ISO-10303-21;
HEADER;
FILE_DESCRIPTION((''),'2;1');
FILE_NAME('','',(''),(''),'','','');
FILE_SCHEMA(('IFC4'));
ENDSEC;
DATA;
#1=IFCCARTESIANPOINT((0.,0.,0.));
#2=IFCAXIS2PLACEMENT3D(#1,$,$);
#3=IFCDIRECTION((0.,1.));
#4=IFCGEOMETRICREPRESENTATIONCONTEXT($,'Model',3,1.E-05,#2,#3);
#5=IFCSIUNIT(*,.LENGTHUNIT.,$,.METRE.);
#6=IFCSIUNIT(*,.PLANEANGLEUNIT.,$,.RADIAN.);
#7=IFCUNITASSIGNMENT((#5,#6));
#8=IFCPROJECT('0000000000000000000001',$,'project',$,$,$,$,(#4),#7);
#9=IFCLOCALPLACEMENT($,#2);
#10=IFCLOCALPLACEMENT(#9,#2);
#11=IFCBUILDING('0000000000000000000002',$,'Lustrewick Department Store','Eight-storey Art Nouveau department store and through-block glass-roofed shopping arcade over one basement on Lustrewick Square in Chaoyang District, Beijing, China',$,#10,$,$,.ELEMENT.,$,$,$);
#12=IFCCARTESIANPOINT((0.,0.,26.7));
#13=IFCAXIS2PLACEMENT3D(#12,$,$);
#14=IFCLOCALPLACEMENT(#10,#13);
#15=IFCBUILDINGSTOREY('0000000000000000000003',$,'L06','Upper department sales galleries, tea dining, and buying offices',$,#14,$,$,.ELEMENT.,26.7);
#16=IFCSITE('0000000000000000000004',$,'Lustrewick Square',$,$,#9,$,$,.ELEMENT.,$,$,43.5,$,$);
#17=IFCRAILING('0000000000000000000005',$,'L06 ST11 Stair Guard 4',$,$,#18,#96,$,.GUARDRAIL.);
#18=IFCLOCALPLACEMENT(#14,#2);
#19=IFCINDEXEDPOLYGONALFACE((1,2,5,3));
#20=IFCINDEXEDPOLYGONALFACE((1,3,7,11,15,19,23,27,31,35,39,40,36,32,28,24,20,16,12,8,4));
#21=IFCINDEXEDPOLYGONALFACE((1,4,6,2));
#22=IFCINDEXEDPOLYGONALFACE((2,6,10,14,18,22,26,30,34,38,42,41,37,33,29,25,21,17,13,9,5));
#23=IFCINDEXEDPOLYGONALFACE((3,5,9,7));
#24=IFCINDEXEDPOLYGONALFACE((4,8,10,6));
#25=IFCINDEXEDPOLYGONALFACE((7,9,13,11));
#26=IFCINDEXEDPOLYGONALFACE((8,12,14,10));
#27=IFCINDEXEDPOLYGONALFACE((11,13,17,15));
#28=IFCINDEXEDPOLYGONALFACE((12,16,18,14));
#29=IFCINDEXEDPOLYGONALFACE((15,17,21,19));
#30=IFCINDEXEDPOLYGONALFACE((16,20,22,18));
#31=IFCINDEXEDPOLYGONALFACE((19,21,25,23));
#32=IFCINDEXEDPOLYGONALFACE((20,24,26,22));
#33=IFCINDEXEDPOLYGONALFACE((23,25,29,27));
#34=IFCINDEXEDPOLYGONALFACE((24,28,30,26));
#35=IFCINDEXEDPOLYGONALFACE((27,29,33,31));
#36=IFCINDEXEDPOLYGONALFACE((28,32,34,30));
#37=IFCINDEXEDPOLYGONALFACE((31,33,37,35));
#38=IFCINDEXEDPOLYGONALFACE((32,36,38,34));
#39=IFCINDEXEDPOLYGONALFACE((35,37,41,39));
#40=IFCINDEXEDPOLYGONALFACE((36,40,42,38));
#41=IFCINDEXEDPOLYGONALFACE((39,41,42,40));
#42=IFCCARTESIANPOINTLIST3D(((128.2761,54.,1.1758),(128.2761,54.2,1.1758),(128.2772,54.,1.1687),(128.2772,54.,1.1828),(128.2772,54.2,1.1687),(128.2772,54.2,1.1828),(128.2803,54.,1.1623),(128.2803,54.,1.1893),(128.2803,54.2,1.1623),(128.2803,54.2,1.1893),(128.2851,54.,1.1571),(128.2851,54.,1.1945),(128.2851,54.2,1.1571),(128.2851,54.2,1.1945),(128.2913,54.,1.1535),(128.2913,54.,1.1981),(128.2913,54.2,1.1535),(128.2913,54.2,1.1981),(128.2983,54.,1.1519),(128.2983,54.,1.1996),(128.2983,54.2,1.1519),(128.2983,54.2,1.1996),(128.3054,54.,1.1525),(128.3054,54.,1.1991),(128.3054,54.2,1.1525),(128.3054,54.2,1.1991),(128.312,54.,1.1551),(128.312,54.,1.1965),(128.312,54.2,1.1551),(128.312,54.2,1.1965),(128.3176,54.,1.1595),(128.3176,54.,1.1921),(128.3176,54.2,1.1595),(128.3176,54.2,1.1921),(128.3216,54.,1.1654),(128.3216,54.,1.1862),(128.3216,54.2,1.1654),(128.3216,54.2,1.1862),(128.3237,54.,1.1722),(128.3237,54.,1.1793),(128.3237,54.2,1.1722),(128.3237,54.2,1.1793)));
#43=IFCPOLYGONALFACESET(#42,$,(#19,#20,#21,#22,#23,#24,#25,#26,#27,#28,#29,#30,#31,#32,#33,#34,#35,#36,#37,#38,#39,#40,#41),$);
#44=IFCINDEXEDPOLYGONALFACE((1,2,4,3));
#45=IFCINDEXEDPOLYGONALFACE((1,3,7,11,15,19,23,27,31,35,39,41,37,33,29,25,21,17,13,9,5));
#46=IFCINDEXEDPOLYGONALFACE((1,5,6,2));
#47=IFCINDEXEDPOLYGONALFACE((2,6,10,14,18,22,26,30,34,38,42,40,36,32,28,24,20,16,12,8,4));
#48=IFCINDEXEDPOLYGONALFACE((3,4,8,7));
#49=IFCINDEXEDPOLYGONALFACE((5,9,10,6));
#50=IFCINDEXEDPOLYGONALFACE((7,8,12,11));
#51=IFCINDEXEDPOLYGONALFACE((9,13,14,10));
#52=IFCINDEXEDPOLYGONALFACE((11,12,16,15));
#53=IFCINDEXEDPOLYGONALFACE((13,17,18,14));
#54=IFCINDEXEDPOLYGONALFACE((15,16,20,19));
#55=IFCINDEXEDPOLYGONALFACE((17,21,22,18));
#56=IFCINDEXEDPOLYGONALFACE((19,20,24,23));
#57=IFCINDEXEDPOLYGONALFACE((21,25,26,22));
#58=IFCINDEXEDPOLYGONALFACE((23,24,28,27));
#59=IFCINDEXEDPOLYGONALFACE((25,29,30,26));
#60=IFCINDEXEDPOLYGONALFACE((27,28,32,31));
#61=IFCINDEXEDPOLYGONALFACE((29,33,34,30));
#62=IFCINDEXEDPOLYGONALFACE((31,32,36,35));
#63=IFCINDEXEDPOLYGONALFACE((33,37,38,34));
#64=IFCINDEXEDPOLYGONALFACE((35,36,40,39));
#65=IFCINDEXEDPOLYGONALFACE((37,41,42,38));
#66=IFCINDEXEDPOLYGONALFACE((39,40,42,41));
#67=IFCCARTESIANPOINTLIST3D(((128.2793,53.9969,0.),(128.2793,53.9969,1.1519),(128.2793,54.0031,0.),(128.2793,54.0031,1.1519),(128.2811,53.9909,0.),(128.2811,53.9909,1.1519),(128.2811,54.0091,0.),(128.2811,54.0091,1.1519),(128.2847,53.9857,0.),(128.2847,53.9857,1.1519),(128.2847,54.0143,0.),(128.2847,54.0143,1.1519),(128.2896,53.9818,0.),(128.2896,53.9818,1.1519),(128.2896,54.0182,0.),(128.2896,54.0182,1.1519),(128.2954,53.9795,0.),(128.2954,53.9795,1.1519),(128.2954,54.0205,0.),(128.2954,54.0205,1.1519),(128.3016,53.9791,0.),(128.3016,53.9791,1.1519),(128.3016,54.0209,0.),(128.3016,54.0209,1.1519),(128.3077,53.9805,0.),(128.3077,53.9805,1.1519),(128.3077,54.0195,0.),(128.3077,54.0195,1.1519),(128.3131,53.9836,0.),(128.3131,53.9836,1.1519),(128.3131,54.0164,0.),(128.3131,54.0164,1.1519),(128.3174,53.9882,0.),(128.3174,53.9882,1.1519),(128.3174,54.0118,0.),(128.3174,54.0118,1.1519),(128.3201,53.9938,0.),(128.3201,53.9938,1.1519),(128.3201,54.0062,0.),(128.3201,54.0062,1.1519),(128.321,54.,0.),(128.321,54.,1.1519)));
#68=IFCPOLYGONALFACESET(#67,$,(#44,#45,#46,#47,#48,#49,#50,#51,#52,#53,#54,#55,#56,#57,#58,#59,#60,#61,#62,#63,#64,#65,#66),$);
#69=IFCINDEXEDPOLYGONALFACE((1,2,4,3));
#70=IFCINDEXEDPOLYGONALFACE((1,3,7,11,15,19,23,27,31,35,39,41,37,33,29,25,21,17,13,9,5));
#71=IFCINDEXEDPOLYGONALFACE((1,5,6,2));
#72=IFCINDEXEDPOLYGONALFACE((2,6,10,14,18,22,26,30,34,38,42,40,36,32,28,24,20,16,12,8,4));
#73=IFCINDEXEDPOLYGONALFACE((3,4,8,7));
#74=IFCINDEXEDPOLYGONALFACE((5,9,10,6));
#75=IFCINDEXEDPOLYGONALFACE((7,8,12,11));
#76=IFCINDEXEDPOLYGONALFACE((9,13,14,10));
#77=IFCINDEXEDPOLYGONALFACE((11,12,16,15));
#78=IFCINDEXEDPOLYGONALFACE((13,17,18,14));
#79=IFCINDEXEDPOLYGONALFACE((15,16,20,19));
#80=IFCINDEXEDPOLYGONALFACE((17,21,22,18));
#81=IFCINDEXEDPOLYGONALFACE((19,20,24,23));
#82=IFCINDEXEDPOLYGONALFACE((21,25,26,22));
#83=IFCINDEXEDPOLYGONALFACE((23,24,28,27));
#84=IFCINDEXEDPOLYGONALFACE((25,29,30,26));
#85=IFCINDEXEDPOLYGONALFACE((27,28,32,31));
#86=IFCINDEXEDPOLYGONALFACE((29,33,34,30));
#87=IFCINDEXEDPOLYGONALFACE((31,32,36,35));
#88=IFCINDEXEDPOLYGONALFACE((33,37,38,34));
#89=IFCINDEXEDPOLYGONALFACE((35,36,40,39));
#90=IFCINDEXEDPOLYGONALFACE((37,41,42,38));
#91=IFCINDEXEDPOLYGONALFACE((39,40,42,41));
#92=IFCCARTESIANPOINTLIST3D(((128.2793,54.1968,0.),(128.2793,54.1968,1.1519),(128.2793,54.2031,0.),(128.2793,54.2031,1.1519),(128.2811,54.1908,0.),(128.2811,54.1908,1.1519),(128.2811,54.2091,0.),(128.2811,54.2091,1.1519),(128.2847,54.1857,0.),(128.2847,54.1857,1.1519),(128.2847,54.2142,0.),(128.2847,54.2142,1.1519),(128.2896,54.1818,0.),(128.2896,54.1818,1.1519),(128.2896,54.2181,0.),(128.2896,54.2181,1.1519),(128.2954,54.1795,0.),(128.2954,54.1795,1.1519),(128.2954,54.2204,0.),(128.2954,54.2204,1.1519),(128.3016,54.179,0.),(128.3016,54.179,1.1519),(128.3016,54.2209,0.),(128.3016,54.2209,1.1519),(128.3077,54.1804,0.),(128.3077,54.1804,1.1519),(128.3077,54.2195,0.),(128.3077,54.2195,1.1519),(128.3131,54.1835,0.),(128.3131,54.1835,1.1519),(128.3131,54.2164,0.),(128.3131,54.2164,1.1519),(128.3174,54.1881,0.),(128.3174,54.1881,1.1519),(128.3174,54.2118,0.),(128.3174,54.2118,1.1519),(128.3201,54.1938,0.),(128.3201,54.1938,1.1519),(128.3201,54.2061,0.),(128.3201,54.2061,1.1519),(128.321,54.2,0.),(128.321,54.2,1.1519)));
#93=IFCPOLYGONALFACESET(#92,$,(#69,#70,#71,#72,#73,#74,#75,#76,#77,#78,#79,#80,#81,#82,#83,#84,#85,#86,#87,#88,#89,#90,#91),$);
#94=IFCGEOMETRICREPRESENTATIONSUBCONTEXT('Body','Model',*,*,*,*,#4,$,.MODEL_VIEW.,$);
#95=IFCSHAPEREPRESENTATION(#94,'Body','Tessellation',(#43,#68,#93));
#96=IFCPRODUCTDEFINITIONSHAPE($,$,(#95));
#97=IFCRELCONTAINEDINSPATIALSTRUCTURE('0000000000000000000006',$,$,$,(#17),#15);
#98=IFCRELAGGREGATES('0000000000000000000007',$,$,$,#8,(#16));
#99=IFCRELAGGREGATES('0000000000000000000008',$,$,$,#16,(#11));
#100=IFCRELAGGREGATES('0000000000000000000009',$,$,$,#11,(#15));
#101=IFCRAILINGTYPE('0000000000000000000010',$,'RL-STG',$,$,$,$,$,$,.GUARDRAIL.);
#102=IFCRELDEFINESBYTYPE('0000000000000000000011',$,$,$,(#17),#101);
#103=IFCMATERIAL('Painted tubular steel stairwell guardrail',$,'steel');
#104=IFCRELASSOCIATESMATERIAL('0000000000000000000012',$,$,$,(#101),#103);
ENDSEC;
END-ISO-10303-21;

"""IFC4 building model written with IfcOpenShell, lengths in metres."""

from ifc_helpers import new_model, si_unit, direction, frame, origin, origin_2d, place, context, subcontext, project, spatial, circle, extrude, material, type_object, element, save


model = new_model("IFC4")

# Units and contexts
model_context = context("Model", 3, precision=1e-05, world=origin(), true_north=direction((0.0, 1.0)))
body_context = subcontext(model_context, "Body", "Model", "MODEL_VIEW")
ifc_project = project(units=[si_unit("LENGTHUNIT", "METRE"), si_unit("PLANEANGLEUNIT", "RADIAN")], contexts=[model_context])

# Site, building, storey
site_placement = place(None, origin())
site = spatial("IfcSite", under=ifc_project, at=site_placement, Name="Lustrewick Square", CompositionType="ELEMENT", RefElevation=43.5)
building_placement = place(site_placement, origin())
building = spatial("IfcBuilding", under=site, at=building_placement, Name="Lustrewick Department Store", Description="Eight-storey Art Nouveau department store and through-block glass-roofed shopping arcade over one basement on Lustrewick Square in Chaoyang District, Beijing, China", CompositionType="ELEMENT")
storey_placement = place(building_placement, frame((0.0, 0.0, 26.7)))
storey = spatial("IfcBuildingStorey", under=building, at=storey_placement, Name="L06", Description="Upper department sales galleries, tea dining, and buying offices", CompositionType="ELEMENT", Elevation=26.7)

# Railing
ifc_material_1 = material(Name="Painted tubular steel stairwell guardrail", Category="steel")
railing_type_1 = type_object("IfcRailingType", Name="RL-STG", PredefinedType="GUARDRAIL", material=ifc_material_1)
railing_1_placement = place(storey_placement, frame((128.3, 54.0, 0.0)))
element("IfcRailing", 1, at=railing_1_placement, inside=storey, type_object=railing_type_1, Name="L06 ST11 Stair Guard 4", PredefinedType="GUARDRAIL", context=body_context, shape_type="SweptSolid", body=[
    extrude(circle(Radius=0.0239, at=origin_2d()), frame((0.0, 0.0, 1.1758), z_axis=(0.0, 1.0, 0.0), x_axis=(-1.0, 0.0, 0.0)), (0.0, 0.0, 1.0), 0.2),
    extrude(circle(Radius=0.021, at=origin_2d()), origin(), (0.0, 0.0, 1.0), 1.1519),
    extrude(circle(Radius=0.021, at=origin_2d()), frame((0.0, 0.2, 0.0)), (0.0, 0.0, 1.0), 1.1519),
])

save(model, "model.ifc")
